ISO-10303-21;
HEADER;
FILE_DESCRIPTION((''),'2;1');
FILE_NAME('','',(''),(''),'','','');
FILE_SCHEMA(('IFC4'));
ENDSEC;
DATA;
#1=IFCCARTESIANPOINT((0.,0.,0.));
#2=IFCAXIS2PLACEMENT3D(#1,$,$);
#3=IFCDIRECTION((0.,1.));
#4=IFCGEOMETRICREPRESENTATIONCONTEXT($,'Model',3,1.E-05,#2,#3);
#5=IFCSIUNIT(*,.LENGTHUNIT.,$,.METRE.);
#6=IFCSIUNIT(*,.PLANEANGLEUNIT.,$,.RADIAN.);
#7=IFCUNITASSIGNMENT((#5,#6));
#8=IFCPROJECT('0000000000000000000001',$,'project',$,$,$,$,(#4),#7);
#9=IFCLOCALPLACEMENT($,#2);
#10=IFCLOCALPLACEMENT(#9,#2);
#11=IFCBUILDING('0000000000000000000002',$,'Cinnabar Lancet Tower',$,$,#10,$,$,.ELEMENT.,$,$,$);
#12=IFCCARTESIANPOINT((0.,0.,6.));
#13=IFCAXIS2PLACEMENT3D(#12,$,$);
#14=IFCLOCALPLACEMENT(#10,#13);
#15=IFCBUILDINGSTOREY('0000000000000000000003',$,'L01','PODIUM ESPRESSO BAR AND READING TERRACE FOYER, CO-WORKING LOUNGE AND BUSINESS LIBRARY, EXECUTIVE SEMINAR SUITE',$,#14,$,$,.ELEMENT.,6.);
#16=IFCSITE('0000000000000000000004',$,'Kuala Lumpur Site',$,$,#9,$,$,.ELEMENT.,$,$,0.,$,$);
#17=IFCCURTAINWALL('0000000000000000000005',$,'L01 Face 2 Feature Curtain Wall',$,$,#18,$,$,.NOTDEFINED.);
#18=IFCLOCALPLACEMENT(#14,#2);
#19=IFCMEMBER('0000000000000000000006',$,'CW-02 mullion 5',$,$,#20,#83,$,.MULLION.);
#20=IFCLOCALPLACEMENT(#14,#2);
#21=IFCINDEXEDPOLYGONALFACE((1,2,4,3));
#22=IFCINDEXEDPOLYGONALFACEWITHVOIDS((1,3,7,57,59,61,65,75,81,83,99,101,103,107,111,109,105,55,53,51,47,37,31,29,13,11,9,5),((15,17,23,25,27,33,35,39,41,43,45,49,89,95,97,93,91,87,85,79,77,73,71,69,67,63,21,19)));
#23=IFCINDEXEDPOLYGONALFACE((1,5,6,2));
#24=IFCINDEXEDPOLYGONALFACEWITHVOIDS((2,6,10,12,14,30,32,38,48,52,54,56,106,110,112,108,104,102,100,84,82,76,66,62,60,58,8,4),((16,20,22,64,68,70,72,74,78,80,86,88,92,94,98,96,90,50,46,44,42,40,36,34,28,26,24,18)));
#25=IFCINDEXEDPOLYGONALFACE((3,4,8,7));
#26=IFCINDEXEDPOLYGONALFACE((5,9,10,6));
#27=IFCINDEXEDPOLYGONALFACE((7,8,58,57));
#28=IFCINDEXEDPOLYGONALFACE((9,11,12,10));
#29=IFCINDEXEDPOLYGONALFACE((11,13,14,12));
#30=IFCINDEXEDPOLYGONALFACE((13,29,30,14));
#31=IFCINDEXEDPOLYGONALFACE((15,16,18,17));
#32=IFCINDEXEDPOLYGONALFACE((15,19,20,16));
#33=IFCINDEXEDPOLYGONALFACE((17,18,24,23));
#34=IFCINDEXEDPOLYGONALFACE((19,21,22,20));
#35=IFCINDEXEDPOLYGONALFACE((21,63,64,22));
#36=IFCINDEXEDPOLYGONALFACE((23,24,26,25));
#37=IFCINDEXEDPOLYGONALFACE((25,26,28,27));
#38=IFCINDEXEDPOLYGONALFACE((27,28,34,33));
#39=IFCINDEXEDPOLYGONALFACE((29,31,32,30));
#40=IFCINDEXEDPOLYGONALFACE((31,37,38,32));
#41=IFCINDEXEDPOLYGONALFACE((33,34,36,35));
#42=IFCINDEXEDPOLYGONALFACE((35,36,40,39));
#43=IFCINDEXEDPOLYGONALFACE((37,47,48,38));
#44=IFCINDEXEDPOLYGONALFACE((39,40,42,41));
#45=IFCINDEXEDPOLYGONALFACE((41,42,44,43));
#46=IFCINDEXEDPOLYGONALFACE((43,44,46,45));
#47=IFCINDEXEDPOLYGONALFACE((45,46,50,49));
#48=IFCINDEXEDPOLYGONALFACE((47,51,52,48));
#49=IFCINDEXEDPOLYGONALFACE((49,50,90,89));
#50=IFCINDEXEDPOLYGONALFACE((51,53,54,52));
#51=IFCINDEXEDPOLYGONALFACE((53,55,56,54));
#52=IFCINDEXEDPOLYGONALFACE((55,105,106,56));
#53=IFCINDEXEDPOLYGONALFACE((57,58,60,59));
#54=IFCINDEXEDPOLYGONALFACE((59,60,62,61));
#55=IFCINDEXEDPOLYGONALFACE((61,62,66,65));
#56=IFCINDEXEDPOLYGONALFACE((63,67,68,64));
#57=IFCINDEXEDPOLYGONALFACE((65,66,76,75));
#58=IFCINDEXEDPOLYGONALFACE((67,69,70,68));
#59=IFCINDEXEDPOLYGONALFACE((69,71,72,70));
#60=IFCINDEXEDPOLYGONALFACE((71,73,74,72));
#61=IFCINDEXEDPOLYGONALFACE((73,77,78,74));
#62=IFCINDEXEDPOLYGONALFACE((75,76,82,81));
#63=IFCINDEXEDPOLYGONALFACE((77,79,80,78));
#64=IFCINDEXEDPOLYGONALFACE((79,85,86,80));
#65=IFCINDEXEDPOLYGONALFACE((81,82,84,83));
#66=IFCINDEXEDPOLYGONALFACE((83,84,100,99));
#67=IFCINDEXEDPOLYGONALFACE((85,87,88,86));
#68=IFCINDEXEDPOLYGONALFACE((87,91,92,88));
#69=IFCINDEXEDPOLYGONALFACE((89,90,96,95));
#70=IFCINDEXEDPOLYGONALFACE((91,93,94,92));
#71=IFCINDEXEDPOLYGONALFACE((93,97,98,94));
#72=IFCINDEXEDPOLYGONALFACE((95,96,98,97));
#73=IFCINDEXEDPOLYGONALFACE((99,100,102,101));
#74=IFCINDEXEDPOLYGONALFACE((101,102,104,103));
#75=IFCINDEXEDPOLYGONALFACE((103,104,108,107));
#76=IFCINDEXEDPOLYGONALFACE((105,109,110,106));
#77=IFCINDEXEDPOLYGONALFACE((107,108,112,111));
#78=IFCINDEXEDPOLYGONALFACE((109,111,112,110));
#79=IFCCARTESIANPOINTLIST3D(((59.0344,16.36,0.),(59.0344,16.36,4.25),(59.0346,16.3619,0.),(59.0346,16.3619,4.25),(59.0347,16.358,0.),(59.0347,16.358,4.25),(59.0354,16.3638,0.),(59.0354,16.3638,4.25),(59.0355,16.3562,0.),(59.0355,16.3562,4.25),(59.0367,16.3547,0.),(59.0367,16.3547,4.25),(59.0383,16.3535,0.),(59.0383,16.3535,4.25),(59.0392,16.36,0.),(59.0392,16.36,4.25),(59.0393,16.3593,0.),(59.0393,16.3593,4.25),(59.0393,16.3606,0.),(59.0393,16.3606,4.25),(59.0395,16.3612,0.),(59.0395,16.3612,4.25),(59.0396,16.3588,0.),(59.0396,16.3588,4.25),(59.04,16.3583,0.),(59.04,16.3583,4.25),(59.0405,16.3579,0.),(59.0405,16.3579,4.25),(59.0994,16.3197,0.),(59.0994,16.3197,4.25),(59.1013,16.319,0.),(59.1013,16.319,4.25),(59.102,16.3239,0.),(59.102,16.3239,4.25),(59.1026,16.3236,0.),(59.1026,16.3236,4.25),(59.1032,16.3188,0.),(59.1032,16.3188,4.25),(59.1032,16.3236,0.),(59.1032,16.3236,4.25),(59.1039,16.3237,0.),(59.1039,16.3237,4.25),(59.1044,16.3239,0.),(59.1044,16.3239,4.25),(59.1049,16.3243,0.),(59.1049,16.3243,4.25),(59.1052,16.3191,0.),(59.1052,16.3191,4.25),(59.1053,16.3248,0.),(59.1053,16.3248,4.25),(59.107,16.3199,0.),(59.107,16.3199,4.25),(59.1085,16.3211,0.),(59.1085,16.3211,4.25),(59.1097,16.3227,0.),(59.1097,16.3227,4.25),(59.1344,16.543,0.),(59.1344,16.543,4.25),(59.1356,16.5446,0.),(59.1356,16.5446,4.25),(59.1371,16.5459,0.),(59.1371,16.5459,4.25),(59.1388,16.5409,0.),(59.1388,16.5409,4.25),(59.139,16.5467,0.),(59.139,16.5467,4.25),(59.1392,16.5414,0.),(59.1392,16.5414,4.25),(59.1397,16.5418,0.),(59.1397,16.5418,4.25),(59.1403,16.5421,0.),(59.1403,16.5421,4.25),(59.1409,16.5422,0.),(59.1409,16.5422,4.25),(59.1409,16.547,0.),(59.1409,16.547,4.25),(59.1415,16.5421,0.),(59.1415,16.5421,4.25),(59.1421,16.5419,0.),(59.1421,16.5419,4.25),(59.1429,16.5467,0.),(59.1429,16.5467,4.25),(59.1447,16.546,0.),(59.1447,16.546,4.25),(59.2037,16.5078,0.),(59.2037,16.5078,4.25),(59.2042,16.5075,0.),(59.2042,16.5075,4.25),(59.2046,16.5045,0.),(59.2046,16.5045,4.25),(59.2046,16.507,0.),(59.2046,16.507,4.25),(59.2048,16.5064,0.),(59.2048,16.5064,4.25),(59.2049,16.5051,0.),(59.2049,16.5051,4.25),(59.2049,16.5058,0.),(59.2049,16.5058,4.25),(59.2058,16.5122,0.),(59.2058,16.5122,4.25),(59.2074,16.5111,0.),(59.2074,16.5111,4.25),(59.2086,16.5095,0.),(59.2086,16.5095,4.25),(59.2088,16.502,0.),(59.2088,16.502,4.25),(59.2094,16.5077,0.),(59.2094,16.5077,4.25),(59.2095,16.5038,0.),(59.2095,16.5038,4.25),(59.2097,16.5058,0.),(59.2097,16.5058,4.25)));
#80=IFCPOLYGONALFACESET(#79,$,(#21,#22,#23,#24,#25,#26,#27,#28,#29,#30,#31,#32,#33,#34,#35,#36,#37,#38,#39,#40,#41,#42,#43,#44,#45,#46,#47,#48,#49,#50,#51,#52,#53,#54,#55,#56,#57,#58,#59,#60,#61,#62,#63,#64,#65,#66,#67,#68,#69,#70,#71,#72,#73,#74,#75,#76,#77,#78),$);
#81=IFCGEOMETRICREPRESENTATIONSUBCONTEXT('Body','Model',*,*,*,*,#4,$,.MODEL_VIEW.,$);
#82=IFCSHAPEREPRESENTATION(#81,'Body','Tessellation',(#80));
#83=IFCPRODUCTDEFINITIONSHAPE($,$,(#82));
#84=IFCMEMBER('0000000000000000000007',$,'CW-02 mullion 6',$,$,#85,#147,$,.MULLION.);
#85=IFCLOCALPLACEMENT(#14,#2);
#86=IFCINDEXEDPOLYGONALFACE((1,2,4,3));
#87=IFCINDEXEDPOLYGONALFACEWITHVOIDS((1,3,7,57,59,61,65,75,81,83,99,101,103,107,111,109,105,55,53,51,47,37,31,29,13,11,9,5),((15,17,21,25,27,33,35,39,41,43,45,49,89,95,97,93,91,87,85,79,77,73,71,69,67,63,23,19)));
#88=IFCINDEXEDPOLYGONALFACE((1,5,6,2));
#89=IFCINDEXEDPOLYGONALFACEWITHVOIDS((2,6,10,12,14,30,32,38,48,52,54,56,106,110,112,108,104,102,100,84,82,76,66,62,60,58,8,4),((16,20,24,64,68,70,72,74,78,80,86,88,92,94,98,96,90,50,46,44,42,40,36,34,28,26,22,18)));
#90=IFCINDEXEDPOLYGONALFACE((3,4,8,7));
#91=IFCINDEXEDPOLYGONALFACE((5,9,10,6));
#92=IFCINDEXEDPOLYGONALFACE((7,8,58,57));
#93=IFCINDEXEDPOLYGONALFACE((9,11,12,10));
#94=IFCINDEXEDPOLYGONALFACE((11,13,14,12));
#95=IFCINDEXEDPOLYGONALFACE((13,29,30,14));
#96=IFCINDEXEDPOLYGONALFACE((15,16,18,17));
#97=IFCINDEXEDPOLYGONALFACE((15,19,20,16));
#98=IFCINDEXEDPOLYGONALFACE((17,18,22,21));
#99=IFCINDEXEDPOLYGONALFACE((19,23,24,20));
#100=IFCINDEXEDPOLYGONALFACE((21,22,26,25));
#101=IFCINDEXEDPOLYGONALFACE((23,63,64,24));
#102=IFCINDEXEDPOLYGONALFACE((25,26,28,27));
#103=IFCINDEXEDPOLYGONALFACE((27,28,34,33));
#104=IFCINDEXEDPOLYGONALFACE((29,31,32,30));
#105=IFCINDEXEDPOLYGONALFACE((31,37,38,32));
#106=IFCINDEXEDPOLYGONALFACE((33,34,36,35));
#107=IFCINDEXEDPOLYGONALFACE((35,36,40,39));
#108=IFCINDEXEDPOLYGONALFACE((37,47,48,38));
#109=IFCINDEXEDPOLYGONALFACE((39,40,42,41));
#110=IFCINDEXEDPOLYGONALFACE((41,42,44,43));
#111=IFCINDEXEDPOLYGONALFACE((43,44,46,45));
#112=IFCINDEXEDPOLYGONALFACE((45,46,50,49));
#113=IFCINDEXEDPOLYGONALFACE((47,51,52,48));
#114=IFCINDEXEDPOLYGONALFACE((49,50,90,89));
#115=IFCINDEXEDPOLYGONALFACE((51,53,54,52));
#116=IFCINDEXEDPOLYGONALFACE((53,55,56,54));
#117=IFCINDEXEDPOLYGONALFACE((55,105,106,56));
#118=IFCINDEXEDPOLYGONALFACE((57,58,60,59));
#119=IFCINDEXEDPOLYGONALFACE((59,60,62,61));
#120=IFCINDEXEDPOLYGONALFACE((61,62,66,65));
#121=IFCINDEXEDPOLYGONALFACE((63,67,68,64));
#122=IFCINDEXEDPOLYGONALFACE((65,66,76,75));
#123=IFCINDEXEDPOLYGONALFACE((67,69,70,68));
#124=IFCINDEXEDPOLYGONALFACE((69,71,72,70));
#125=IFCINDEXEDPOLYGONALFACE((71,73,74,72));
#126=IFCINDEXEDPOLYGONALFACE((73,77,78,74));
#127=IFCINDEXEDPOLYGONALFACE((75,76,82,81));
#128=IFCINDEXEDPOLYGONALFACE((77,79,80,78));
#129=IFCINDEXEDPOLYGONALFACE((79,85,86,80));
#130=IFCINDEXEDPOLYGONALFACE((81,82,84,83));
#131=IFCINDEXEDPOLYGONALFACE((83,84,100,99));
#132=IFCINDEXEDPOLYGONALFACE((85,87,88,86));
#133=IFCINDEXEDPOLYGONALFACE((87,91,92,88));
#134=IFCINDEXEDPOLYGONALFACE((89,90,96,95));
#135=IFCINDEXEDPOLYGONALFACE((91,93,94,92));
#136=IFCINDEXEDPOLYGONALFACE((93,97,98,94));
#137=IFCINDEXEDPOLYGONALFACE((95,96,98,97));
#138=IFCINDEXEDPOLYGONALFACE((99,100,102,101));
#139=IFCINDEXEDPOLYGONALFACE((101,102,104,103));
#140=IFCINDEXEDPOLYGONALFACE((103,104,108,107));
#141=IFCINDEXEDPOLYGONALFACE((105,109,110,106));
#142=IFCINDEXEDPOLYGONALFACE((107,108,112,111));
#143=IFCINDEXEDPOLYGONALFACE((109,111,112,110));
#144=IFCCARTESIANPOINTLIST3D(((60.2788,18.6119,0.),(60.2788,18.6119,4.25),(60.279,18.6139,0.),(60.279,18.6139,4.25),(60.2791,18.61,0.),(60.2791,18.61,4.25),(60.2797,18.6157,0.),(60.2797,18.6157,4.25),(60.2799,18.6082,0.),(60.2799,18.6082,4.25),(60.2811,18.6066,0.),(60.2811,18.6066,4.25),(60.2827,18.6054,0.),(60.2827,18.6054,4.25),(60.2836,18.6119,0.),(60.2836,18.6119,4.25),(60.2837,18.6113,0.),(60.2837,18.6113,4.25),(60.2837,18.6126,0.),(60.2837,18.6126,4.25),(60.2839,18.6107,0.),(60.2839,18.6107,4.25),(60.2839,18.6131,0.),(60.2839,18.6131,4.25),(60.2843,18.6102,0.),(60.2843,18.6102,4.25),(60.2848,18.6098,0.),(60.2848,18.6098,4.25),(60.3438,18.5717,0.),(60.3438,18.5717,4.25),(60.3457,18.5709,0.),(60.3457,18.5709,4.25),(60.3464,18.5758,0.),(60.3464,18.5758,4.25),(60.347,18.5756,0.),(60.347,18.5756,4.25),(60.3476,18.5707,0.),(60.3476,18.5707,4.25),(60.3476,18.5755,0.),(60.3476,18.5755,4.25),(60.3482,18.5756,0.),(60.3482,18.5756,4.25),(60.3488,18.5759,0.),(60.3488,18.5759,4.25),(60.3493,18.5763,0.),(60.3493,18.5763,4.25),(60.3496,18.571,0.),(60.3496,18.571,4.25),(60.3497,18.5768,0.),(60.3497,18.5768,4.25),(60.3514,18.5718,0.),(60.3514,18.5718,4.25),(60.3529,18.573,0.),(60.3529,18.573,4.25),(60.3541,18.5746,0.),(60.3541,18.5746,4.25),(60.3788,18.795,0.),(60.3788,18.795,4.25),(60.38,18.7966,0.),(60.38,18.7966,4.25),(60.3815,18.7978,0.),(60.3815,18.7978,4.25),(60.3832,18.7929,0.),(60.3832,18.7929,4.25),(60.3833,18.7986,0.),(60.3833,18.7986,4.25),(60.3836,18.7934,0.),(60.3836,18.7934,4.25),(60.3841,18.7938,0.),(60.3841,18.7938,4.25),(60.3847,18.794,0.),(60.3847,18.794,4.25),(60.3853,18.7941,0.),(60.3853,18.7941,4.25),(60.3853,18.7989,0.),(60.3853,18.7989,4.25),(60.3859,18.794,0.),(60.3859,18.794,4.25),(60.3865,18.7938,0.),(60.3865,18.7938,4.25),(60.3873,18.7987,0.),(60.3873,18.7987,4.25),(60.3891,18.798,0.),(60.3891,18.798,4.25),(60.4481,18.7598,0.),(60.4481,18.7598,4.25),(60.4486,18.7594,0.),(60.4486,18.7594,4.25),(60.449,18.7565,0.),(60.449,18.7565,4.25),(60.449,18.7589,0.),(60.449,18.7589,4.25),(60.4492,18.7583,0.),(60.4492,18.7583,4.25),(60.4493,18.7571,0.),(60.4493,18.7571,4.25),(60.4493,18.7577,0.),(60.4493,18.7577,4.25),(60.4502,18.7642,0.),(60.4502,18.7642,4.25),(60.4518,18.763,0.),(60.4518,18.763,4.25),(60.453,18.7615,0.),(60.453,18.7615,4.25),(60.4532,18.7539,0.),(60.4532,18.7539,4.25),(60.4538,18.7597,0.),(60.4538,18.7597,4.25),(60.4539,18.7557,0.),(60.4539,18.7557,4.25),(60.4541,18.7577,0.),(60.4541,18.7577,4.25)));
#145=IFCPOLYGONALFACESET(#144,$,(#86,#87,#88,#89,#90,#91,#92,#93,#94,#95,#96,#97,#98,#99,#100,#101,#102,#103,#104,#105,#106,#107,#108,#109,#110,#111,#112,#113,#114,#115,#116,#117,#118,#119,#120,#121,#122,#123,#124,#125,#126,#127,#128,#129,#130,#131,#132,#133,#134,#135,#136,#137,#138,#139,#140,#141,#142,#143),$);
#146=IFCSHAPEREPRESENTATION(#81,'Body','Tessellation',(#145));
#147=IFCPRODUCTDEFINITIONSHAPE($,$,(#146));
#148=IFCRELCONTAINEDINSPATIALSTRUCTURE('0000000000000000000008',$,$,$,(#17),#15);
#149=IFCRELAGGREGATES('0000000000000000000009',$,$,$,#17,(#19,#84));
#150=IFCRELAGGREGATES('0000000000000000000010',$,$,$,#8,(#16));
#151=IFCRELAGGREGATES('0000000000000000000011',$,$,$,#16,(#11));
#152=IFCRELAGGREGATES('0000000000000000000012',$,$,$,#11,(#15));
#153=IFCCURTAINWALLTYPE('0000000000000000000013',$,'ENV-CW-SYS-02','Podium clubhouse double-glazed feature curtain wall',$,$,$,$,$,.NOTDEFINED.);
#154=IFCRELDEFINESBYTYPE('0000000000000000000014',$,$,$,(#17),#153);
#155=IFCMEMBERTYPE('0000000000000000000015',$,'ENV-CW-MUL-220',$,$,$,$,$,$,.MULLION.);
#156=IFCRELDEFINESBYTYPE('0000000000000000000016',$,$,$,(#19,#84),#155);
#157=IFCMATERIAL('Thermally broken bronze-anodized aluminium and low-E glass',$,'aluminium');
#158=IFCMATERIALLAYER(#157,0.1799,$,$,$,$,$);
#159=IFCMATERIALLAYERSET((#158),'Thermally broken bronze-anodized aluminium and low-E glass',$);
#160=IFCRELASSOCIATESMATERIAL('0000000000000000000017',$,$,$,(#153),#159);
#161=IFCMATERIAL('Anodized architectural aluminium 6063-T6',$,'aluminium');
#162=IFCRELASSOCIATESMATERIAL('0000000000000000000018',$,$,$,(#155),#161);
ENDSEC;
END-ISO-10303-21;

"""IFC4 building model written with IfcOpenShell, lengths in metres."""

from ifc_helpers import new_model, si_unit, direction, frame, origin, origin_2d, place, context, subcontext, project, spatial, hollow_rectangle, extrude, material, layer, layer_set, material_profile, profile_set, type_object, element, aggregate, save


model = new_model("IFC4")

# Units and contexts
model_context = context("Model", 3, precision=1e-05, world=origin(), true_north=direction((0.0, 1.0)))
body_context = subcontext(model_context, "Body", "Model", "MODEL_VIEW")
ifc_project = project(units=[si_unit("LENGTHUNIT", "METRE"), si_unit("PLANEANGLEUNIT", "RADIAN")], contexts=[model_context])

# Site, building, storey
site_placement = place(None, origin())
site = spatial("IfcSite", under=ifc_project, at=site_placement, Name="Kuala Lumpur Site", CompositionType="ELEMENT", RefElevation=0.0)
building_placement = place(site_placement, origin())
building = spatial("IfcBuilding", under=site, at=building_placement, Name="Cinnabar Lancet Tower", CompositionType="ELEMENT")
storey_placement = place(building_placement, frame((0.0, 0.0, 6.0)))
storey = spatial("IfcBuildingStorey", under=building, at=storey_placement, Name="L01", Description="PODIUM ESPRESSO BAR AND READING TERRACE FOYER, CO-WORKING LOUNGE AND BUSINESS LIBRARY, EXECUTIVE SEMINAR SUITE", CompositionType="ELEMENT", Elevation=6.0)

# Curtain wall, members
ifc_material_1 = material(Name="Thermally broken bronze-anodized aluminium and low-E glass", Category="aluminium")
ifc_layer_1 = layer(ifc_material_1, 0.1799)
ifc_layer_set_1 = layer_set([ifc_layer_1], Name="Thermally broken bronze-anodized aluminium and low-E glass")
curtain_wall_type = type_object("IfcCurtainWallType", Name="ENV-CW-SYS-02", Description="Podium clubhouse double-glazed feature curtain wall", PredefinedType="NOTDEFINED", material=ifc_layer_set_1)
curtain_wall_placement = place(storey_placement, origin())
curtain_wall = element("IfcCurtainWall", 1, at=curtain_wall_placement, inside=storey, type_object=curtain_wall_type, Name="L01 Face 2 Feature Curtain Wall", PredefinedType="NOTDEFINED")
ifc_material_2 = material(Name="Anodized architectural aluminium 6063-T6", Category="aluminium")
ifc_material_profile_1 = material_profile(ifc_material_2, hollow_rectangle(XDim=0.085, YDim=0.22, WallThickness=0.0049, InnerFilletRadius=0.0024, OuterFilletRadius=0.0076, at=origin_2d()), Name="CW-MUL 220x85x5")
ifc_profile_set_1 = profile_set([ifc_material_profile_1], Name="Anodized architectural aluminium 6063-T6")
member_type_1 = type_object("IfcMemberType", Name="ENV-CW-MUL-220", PredefinedType="MULLION", material=ifc_profile_set_1)
member_1_placement = place(storey_placement, frame((59.1221, 16.4329, 0.0), z_axis=(0.0, 0.0, 1.0), x_axis=(-0.875242, 0.483685, 0.0)))
member_1 = element("IfcMember", 2, at=member_1_placement, type_object=member_type_1, Name="CW-02 mullion 5", PredefinedType="MULLION", context=body_context, shape_type="SweptSolid", body=[
    extrude(hollow_rectangle(XDim=0.085, YDim=0.22, WallThickness=0.0049, InnerFilletRadius=0.0024, OuterFilletRadius=0.0076, at=origin_2d()), origin(), (0.0, 0.0, 1.0), 4.25),
])
member_2_placement = place(storey_placement, frame((60.3665, 18.6848, 0.0), z_axis=(0.0, 0.0, 1.0), x_axis=(-0.875242, 0.483685, 0.0)))
member_2 = element("IfcMember", 3, at=member_2_placement, type_object=member_type_1, Name="CW-02 mullion 6", PredefinedType="MULLION", context=body_context, shape_type="SweptSolid", body=[
    extrude(hollow_rectangle(XDim=0.085, YDim=0.22, WallThickness=0.0049, InnerFilletRadius=0.0024, OuterFilletRadius=0.0076, at=origin_2d()), origin(), (0.0, 0.0, 1.0), 4.25),
])
aggregate(curtain_wall, [member_1, member_2])

save(model, "model.ifc")
